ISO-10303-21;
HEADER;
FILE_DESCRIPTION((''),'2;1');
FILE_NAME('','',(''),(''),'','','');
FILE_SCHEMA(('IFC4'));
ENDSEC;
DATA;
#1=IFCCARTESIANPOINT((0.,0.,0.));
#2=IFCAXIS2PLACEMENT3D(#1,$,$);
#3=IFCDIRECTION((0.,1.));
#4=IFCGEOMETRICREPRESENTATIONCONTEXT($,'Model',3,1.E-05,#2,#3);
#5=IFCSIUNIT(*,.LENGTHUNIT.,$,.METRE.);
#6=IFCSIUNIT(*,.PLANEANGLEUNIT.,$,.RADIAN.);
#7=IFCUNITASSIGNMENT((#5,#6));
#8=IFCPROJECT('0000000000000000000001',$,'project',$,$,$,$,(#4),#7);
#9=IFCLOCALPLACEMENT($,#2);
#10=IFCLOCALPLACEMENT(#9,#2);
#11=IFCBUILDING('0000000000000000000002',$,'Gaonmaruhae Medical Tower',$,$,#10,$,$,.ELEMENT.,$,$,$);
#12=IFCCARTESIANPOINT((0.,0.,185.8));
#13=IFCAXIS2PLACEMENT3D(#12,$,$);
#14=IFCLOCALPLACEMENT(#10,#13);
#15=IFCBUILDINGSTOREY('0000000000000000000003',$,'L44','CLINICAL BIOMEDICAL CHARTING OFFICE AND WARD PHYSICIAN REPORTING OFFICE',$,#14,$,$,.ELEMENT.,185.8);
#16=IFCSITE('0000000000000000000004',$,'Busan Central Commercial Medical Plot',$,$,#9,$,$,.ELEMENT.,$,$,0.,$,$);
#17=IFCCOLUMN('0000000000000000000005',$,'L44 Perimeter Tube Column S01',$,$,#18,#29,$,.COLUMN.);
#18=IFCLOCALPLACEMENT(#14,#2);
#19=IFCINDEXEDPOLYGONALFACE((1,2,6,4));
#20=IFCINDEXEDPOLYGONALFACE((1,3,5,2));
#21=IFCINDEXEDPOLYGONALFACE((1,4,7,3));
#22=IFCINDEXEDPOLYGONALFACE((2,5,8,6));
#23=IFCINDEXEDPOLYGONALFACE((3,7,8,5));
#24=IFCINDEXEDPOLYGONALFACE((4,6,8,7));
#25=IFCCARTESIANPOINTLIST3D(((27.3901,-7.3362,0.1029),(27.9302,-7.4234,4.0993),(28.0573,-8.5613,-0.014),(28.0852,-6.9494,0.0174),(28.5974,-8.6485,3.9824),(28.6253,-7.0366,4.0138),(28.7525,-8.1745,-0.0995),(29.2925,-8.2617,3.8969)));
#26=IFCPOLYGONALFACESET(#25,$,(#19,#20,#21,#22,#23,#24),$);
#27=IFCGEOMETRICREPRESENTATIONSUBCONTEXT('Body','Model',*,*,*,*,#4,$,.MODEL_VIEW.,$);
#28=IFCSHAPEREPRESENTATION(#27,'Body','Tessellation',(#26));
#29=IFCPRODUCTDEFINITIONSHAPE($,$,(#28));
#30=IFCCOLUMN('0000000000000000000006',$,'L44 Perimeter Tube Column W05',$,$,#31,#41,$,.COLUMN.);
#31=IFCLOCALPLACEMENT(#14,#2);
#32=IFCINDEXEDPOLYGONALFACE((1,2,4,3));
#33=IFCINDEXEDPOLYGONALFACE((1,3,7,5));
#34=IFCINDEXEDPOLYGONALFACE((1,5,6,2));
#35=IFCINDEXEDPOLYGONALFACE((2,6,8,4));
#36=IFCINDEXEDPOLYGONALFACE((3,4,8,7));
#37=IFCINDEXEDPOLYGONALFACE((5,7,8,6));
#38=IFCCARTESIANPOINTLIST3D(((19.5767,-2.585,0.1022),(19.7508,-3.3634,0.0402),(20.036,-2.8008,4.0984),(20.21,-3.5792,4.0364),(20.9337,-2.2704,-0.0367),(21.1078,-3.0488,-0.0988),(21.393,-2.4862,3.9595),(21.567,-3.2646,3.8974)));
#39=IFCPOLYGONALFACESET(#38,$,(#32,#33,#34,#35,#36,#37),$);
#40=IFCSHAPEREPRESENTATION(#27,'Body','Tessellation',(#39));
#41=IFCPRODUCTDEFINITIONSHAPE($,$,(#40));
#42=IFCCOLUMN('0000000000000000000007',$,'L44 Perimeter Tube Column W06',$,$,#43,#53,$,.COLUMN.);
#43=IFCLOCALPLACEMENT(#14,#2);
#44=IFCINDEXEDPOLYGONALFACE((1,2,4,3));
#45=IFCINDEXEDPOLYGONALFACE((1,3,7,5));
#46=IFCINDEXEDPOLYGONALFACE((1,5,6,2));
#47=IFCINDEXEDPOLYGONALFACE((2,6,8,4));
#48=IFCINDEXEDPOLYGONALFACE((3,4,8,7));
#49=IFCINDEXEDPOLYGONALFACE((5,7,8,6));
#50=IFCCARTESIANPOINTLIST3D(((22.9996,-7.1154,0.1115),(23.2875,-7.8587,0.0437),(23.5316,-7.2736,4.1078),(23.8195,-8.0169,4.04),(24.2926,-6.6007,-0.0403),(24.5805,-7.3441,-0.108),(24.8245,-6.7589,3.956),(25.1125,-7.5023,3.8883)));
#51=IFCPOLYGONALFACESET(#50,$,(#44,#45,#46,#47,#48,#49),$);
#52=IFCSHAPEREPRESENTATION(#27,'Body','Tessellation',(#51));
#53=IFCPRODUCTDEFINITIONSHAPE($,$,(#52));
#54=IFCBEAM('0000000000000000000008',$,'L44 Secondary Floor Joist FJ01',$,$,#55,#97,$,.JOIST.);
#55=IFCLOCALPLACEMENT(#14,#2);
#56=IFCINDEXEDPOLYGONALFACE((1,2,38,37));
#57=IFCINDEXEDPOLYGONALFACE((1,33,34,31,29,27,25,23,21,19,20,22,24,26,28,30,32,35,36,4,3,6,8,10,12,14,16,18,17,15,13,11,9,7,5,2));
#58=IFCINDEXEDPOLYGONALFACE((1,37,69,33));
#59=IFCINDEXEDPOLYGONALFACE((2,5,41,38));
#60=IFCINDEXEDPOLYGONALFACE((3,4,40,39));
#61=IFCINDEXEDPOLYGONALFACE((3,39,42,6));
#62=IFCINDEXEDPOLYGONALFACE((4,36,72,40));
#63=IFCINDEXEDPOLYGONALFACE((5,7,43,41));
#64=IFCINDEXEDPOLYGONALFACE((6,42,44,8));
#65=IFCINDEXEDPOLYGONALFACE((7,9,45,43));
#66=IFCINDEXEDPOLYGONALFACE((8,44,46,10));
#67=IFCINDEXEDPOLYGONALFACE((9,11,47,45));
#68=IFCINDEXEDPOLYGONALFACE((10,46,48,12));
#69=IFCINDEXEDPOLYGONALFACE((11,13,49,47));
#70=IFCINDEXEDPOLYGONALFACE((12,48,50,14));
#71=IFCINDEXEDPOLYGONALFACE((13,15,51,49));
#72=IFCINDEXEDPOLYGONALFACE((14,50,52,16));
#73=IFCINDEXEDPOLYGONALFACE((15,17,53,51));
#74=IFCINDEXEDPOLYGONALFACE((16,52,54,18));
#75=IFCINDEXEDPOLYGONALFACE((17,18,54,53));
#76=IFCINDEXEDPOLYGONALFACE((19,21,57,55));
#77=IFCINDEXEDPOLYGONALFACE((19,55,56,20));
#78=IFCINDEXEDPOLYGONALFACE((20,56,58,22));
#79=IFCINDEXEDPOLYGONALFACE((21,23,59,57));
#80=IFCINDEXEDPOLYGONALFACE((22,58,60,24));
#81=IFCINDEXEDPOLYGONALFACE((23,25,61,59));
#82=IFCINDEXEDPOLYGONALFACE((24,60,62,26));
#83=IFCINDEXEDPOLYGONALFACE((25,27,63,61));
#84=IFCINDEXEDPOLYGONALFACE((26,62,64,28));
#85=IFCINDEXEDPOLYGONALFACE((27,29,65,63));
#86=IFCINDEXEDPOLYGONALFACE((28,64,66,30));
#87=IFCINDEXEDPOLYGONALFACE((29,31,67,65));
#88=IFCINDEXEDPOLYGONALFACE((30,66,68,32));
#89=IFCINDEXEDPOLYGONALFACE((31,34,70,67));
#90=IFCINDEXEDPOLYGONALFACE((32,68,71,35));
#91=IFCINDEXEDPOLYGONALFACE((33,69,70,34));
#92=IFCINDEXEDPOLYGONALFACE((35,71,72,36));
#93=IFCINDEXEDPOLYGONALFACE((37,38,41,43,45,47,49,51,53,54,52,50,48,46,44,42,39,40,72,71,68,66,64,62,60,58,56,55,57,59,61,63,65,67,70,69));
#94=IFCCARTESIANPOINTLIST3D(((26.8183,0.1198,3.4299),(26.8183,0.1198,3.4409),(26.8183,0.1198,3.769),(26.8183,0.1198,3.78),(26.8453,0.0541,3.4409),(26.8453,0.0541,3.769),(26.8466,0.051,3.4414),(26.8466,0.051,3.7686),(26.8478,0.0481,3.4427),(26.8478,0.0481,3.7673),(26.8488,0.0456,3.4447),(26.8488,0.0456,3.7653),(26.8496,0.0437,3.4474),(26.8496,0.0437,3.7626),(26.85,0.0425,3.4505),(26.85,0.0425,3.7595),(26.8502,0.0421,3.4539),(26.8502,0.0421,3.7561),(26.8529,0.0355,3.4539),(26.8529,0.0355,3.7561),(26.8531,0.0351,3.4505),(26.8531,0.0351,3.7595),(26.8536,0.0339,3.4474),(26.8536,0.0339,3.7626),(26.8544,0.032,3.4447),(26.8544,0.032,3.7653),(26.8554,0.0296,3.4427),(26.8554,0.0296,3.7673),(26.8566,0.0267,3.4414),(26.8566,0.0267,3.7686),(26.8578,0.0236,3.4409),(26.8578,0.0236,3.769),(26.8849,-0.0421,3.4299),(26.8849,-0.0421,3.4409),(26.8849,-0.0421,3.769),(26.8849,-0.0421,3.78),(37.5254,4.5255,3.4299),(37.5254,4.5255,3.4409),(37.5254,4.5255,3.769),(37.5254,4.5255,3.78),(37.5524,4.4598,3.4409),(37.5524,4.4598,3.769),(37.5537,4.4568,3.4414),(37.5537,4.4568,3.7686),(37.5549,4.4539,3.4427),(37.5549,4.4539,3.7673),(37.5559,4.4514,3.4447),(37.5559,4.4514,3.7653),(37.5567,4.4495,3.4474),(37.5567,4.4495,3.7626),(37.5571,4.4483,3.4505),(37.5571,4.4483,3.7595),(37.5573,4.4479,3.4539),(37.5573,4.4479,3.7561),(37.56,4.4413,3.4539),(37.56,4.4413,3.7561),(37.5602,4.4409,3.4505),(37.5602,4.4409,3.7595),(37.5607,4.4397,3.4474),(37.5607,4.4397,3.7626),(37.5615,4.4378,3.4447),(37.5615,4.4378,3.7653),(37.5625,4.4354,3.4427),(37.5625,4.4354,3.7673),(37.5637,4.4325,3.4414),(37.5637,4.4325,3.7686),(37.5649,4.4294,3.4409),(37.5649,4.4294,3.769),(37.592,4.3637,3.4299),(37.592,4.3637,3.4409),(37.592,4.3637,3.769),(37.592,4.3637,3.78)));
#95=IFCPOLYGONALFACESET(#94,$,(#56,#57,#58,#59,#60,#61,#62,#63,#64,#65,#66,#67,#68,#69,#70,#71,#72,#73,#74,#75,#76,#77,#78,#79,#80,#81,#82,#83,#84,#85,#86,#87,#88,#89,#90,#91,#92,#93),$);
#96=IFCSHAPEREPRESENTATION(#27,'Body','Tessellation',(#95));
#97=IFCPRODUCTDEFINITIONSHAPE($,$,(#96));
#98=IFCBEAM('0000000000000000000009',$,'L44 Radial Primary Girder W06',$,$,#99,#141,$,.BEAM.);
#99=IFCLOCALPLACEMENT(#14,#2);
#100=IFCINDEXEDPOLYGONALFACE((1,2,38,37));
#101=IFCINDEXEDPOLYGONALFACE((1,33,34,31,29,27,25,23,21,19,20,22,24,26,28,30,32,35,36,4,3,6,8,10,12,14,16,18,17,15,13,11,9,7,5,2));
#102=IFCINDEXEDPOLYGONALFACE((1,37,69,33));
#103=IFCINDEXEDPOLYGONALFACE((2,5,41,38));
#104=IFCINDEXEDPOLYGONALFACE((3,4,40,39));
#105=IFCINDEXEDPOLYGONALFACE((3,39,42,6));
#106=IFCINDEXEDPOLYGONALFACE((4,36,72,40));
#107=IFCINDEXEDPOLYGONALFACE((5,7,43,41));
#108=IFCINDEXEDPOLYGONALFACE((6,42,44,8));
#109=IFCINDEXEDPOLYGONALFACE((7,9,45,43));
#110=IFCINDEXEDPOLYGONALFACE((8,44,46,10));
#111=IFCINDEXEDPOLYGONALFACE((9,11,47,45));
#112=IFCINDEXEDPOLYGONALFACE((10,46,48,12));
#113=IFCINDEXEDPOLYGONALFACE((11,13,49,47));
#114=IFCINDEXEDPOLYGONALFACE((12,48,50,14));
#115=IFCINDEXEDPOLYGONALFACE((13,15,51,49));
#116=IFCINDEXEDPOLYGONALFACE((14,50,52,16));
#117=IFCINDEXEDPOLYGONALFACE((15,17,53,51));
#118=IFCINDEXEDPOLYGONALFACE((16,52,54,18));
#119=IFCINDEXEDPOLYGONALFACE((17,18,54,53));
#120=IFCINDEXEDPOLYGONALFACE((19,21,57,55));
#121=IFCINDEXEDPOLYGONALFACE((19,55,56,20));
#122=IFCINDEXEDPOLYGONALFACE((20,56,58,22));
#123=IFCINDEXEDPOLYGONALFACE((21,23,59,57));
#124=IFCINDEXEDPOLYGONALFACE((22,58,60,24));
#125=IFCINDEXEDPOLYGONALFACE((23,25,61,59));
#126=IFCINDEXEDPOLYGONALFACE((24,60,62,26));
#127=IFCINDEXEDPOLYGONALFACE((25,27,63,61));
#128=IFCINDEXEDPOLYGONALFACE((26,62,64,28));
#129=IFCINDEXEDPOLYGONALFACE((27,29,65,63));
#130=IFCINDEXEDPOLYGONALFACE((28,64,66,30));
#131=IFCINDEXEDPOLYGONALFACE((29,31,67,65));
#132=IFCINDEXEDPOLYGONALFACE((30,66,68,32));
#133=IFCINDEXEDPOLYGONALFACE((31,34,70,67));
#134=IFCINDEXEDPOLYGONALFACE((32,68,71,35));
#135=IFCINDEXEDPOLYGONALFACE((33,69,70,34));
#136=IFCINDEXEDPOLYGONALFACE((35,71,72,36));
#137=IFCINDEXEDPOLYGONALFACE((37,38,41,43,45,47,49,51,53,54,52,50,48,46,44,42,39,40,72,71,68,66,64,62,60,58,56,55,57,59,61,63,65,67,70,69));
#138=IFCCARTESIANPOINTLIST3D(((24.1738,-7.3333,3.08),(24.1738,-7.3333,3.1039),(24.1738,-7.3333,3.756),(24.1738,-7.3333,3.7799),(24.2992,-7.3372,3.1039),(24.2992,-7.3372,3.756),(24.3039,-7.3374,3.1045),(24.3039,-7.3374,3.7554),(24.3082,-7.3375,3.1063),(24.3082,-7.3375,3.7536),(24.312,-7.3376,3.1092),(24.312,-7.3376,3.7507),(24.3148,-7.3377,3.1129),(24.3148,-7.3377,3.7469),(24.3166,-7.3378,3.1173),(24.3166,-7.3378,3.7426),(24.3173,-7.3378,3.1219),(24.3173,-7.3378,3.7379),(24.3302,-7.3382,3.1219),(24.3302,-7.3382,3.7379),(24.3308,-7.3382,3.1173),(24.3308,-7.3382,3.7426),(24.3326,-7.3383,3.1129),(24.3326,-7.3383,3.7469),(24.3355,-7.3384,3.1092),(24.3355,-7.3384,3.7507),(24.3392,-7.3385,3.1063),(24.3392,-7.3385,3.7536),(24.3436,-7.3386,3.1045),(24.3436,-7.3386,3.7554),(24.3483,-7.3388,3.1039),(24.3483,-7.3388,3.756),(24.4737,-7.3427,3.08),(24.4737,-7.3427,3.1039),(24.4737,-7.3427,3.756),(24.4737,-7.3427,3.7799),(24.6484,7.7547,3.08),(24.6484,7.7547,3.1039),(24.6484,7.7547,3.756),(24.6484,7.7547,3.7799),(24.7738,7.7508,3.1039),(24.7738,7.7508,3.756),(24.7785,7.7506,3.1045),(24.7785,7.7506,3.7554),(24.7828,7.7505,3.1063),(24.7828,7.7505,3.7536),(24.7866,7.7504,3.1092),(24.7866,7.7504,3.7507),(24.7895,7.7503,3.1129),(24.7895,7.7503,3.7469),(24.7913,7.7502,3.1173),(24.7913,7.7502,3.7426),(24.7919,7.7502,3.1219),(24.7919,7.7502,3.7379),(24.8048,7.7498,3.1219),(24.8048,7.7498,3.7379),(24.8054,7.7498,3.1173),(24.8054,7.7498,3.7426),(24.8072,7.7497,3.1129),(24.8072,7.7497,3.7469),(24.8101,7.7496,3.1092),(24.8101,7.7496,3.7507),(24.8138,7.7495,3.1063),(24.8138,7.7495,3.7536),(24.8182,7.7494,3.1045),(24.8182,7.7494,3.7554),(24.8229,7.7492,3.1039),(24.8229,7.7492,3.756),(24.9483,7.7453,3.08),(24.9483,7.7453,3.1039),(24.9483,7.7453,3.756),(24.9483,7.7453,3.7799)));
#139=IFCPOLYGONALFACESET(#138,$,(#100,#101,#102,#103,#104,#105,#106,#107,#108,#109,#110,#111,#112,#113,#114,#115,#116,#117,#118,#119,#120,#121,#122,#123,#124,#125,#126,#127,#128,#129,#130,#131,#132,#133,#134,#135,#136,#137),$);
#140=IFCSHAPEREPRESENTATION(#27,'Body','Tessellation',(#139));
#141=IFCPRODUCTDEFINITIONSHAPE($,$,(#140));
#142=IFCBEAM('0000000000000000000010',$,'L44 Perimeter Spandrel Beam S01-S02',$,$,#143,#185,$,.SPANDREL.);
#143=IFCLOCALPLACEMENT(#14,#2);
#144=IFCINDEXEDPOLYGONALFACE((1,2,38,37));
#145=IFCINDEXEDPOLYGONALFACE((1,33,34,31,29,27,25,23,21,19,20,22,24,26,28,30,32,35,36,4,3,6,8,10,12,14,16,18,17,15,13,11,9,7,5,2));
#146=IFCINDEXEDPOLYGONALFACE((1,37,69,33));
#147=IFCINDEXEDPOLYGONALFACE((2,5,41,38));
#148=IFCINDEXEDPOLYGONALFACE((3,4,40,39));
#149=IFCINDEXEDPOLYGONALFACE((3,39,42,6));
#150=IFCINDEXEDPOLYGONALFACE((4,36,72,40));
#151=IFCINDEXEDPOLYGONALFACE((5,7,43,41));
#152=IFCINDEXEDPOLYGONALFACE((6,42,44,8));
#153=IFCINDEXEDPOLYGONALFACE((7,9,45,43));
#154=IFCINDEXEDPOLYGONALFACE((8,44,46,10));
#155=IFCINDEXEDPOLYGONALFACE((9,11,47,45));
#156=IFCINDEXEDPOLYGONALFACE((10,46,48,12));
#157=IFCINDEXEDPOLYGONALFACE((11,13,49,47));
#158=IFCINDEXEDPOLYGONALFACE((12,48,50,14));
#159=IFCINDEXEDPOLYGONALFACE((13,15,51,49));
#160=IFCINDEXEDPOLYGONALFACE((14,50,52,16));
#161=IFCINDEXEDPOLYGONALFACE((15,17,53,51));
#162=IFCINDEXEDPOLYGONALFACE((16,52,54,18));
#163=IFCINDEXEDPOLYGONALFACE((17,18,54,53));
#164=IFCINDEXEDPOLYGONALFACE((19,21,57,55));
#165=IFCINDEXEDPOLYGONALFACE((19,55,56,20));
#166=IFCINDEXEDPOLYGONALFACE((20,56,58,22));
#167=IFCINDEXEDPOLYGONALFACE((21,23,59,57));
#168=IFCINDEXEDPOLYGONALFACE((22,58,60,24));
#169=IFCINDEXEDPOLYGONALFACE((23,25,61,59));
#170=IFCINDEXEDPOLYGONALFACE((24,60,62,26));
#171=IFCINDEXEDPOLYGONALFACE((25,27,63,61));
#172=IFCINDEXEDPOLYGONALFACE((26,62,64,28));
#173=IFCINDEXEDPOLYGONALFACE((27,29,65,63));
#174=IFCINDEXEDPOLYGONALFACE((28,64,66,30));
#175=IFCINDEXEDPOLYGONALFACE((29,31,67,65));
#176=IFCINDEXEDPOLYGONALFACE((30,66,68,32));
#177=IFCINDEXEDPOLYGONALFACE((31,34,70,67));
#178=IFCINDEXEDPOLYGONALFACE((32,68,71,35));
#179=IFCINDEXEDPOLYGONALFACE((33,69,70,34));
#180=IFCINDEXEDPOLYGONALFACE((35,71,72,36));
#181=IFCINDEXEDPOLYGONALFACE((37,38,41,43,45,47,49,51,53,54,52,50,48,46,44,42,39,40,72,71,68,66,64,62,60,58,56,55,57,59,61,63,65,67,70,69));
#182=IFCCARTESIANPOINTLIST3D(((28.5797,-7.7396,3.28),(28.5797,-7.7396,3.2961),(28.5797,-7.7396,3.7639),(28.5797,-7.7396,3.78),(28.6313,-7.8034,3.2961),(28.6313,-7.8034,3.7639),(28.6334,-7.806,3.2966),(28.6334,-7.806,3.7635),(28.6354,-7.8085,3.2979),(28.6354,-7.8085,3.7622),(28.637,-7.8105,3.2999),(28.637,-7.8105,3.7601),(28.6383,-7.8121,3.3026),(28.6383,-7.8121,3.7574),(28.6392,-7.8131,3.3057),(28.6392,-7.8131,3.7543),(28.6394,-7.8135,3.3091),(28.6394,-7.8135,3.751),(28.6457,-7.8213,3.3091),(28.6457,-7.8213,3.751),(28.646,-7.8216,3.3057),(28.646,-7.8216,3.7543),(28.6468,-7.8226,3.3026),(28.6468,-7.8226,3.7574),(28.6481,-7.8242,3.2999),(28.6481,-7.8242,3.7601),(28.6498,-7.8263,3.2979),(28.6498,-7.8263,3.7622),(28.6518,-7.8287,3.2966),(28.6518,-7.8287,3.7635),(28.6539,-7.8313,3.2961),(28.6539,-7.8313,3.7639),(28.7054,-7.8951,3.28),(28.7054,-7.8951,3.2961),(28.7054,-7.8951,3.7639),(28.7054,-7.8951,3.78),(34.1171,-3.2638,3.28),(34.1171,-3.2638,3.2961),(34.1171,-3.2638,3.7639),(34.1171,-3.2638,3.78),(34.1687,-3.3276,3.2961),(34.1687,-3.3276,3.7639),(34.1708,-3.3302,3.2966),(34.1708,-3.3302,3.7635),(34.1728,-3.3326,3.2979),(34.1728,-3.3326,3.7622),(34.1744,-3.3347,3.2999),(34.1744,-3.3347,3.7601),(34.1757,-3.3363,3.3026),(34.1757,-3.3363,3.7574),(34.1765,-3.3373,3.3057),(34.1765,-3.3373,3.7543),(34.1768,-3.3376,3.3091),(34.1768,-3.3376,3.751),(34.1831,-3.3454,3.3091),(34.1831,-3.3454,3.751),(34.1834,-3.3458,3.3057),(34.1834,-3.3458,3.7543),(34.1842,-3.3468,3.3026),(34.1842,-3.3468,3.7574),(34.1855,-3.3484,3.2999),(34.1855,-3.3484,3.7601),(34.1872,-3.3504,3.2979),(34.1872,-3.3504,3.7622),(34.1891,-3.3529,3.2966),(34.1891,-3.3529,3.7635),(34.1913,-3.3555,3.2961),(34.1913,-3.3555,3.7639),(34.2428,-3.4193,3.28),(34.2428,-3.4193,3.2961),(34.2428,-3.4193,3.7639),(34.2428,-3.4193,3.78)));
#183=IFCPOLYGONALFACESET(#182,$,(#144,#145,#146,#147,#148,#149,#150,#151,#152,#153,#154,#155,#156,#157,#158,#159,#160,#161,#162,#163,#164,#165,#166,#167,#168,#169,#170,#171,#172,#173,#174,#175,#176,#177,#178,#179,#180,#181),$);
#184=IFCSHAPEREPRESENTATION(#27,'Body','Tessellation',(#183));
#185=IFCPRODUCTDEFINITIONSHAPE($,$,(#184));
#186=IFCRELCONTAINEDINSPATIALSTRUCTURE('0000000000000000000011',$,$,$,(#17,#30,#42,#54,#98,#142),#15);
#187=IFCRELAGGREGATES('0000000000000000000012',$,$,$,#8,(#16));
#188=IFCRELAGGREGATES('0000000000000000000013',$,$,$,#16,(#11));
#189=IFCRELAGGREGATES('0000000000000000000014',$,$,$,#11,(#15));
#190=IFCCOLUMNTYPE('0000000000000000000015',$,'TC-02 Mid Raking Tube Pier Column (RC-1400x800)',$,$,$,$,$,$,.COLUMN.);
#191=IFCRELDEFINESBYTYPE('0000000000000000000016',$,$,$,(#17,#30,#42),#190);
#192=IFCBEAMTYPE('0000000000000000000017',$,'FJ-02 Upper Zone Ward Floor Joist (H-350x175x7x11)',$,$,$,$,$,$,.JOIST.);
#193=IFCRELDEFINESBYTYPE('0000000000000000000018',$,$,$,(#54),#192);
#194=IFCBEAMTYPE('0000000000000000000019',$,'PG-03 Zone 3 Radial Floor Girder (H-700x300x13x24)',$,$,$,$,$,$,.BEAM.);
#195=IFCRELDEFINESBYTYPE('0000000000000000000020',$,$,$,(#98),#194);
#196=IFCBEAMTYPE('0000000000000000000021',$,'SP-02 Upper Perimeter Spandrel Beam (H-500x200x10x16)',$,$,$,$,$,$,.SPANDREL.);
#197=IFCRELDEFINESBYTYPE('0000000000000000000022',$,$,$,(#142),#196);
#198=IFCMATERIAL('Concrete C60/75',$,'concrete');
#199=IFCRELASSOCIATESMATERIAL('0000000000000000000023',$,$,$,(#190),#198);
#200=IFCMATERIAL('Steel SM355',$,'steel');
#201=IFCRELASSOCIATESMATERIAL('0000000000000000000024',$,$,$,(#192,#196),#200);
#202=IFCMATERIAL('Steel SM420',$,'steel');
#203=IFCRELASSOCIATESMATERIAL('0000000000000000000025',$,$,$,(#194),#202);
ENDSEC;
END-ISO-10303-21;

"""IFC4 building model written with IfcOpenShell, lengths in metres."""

from ifc_helpers import new_model, si_unit, direction, frame, origin, origin_2d, place, context, subcontext, project, spatial, rectangle, i_section, extrude, material, material_profile, profile_set, type_object, element, save


model = new_model("IFC4")

# Units and contexts
model_context = context("Model", 3, precision=1e-05, world=origin(), true_north=direction((0.0, 1.0)))
body_context = subcontext(model_context, "Body", "Model", "MODEL_VIEW")
ifc_project = project(units=[si_unit("LENGTHUNIT", "METRE"), si_unit("PLANEANGLEUNIT", "RADIAN")], contexts=[model_context])

# Site, building, storey
site_placement = place(None, origin())
site = spatial("IfcSite", under=ifc_project, at=site_placement, Name="Busan Central Commercial Medical Plot", CompositionType="ELEMENT", RefElevation=0.0)
building_placement = place(site_placement, origin())
building = spatial("IfcBuilding", under=site, at=building_placement, Name="Gaonmaruhae Medical Tower", CompositionType="ELEMENT")
storey_placement = place(building_placement, frame((0.0, 0.0, 185.8)))
storey = spatial("IfcBuildingStorey", under=building, at=storey_placement, Name="L44", Description="CLINICAL BIOMEDICAL CHARTING OFFICE AND WARD PHYSICIAN REPORTING OFFICE", CompositionType="ELEMENT", Elevation=185.8)

# Columns
ifc_material_1 = material(Name="Concrete C60/75", Category="concrete")
ifc_material_profile_1 = material_profile(ifc_material_1, rectangle(XDim=1.3999, YDim=0.8, at=origin_2d()), Name="RC-1400x800")
ifc_profile_set_1 = profile_set([ifc_material_profile_1], Name="Concrete C60/75")
column_type = type_object("IfcColumnType", Name="TC-02 Mid Raking Tube Pier Column (RC-1400x800)", PredefinedType="COLUMN", material=ifc_profile_set_1)
column_1_placement = place(storey_placement, frame((28.0713, -7.7554, 0.0017), z_axis=(0.133885, -0.021608, 0.990761), x_axis=(-0.476627, 0.875132, 0.083494)))
element("IfcColumn", 1, at=column_1_placement, inside=storey, type_object=column_type, Name="L44 Perimeter Tube Column S01", PredefinedType="COLUMN", context=body_context, shape_type="SweptSolid", body=[
    extrude(rectangle(XDim=1.3999, YDim=0.8, at=origin_2d()), origin(), (0.0, 0.0, 1.0), 4.0337),
])
column_2_placement = place(storey_placement, frame((20.3423, -2.8169, 0.0017), z_axis=(0.113997, -0.053574, 0.992036), x_axis=(-0.96936, -0.224698, 0.099257)))
element("IfcColumn", 2, at=column_2_placement, inside=storey, type_object=column_type, Name="L44 Perimeter Tube Column W05", PredefinedType="COLUMN", context=body_context, shape_type="SweptSolid", body=[
    extrude(rectangle(XDim=1.3999, YDim=0.8, at=origin_2d()), origin(), (0.0, 0.0, 1.0), 4.0283),
])
column_3_placement = place(storey_placement, frame((23.79, -7.2297, 0.0017), z_axis=(0.131852, -0.039211, 0.990494), x_axis=(-0.923631, -0.367635, 0.108398)))
element("IfcColumn", 3, at=column_3_placement, inside=storey, type_object=column_type, Name="L44 Perimeter Tube Column W06", PredefinedType="COLUMN", context=body_context, shape_type="SweptSolid", body=[
    extrude(rectangle(XDim=1.3999, YDim=0.8, at=origin_2d()), origin(), (0.0, 0.0, 1.0), 4.0347),
])

# Beams
ifc_material_2 = material(Name="Steel SM355", Category="steel")
ifc_material_profile_2 = material_profile(ifc_material_2, i_section(OverallWidth=0.175, OverallDepth=0.3501, WebThickness=0.0071, FlangeThickness=0.011, FilletRadius=0.0129, at=origin_2d()), Name="H-350x175x7x11")
ifc_profile_set_2 = profile_set([ifc_material_profile_2], Name="Steel SM355")
beam_type_1 = type_object("IfcBeamType", Name="FJ-02 Upper Zone Ward Floor Joist (H-350x175x7x11)", PredefinedType="JOIST", material=ifc_profile_set_2)
beam_1_placement = place(storey_placement, frame((26.8516, 0.0388, 3.605), z_axis=(0.92477, 0.380527, 0.0), x_axis=(-0.380527, 0.92477, 0.0)))
element("IfcBeam", 4, at=beam_1_placement, inside=storey, type_object=beam_type_1, Name="L44 Secondary Floor Joist FJ01", PredefinedType="JOIST", context=body_context, shape_type="SweptSolid", body=[
    extrude(i_section(OverallWidth=0.175, OverallDepth=0.3501, WebThickness=0.0071, FlangeThickness=0.011, FilletRadius=0.0129, at=origin_2d()), origin(), (0.0, 0.0, 1.0), 11.5781),
])
ifc_material_3 = material(Name="Steel SM420", Category="steel")
ifc_material_profile_3 = material_profile(ifc_material_3, i_section(OverallWidth=0.3, OverallDepth=0.7, WebThickness=0.0129, FlangeThickness=0.0239, FilletRadius=0.0181, at=origin_2d()), Name="H-700x300x13x24")
ifc_profile_set_3 = profile_set([ifc_material_profile_3], Name="Steel SM420")
beam_type_2 = type_object("IfcBeamType", Name="PG-03 Zone 3 Radial Floor Girder (H-700x300x13x24)", PredefinedType="BEAM", material=ifc_profile_set_3)
beam_2_placement = place(storey_placement, frame((24.7983, 7.75, 3.4299), z_axis=(-0.031441, -0.999506, 0.0), x_axis=(0.999506, -0.031441, 0.0)))
element("IfcBeam", 5, at=beam_2_placement, inside=storey, type_object=beam_type_2, Name="L44 Radial Primary Girder W06", PredefinedType="BEAM", context=body_context, shape_type="SweptSolid", body=[
    extrude(i_section(OverallWidth=0.3, OverallDepth=0.7, WebThickness=0.0129, FlangeThickness=0.0239, FilletRadius=0.0181, at=origin_2d()), origin(), (0.0, 0.0, 1.0), 15.0955),
])
ifc_material_profile_4 = material_profile(ifc_material_2, i_section(OverallWidth=0.2, OverallDepth=0.5, WebThickness=0.01, FlangeThickness=0.0161, FilletRadius=0.0129, at=origin_2d()), Name="H-500x200x10x16")
ifc_profile_set_4 = profile_set([ifc_material_profile_4], Name="Steel SM355")
beam_type_3 = type_object("IfcBeamType", Name="SP-02 Upper Perimeter Spandrel Beam (H-500x200x10x16)", PredefinedType="SPANDREL", material=ifc_profile_set_4)
beam_3_placement = place(storey_placement, frame((28.6426, -7.8174, 3.53), z_axis=(0.777711, 0.628622, 0.0), x_axis=(-0.628622, 0.777711, 0.0)))
element("IfcBeam", 6, at=beam_3_placement, inside=storey, type_object=beam_type_3, Name="L44 Perimeter Spandrel Beam S01-S02", PredefinedType="SPANDREL", context=body_context, shape_type="SweptSolid", body=[
    extrude(i_section(OverallWidth=0.2, OverallDepth=0.5, WebThickness=0.01, FlangeThickness=0.0161, FilletRadius=0.0129, at=origin_2d()), origin(), (0.0, 0.0, 1.0), 7.1201),
])

save(model, "model.ifc")
